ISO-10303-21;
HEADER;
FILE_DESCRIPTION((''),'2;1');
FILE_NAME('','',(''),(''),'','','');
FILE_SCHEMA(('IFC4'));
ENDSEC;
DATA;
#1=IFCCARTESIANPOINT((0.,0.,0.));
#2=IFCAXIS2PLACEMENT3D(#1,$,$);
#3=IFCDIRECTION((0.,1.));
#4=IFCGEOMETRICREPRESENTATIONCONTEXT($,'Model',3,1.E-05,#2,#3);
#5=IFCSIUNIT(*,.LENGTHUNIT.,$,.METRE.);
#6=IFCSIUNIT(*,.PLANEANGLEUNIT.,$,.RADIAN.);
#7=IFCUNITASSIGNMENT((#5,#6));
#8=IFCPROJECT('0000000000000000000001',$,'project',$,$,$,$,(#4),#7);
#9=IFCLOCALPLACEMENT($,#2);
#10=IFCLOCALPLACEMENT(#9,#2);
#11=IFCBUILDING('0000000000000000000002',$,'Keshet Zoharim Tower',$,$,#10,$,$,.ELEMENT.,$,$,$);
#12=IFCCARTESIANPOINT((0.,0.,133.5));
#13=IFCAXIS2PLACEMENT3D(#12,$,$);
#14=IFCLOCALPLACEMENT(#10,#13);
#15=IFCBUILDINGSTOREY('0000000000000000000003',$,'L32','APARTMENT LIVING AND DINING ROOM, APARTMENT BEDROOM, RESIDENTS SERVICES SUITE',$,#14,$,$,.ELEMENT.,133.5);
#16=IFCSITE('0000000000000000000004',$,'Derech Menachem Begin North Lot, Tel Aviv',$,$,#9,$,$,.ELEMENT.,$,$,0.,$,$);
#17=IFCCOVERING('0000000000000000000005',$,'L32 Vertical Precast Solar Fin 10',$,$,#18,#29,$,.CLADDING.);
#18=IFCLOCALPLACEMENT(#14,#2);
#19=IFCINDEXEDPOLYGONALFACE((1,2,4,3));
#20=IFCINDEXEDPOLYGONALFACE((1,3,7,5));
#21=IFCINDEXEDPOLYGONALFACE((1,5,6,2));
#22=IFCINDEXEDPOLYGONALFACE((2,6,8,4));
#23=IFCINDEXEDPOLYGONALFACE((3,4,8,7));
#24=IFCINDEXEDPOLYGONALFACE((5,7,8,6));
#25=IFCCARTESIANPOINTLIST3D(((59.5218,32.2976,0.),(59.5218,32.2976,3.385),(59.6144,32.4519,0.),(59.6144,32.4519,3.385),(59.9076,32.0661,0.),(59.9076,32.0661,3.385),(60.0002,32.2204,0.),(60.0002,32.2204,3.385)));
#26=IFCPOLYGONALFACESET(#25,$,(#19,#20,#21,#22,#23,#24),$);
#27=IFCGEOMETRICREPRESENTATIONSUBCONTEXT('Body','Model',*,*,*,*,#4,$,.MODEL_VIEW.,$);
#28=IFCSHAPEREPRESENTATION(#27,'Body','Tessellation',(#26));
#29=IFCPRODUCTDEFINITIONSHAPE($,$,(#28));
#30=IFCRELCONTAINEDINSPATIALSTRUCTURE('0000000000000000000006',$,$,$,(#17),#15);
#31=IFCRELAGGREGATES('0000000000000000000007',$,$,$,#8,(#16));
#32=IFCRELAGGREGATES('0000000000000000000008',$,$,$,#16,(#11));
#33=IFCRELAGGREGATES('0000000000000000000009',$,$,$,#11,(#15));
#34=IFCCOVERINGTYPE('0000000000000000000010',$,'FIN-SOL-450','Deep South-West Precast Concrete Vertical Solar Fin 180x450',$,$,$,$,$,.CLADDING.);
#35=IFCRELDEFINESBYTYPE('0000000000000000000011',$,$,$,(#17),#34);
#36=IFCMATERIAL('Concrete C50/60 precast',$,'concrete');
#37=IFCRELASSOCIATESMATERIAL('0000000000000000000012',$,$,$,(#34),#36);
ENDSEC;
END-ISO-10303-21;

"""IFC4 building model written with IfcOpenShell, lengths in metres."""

from ifc_helpers import new_model, si_unit, direction, frame, origin, origin_2d, place, context, subcontext, project, spatial, rectangle, extrude, material, type_object, element, save


model = new_model("IFC4")

# Units and contexts
model_context = context("Model", 3, precision=1e-05, world=origin(), true_north=direction((0.0, 1.0)))
body_context = subcontext(model_context, "Body", "Model", "MODEL_VIEW")
ifc_project = project(units=[si_unit("LENGTHUNIT", "METRE"), si_unit("PLANEANGLEUNIT", "RADIAN")], contexts=[model_context])

# Site, building, storey
site_placement = place(None, origin())
site = spatial("IfcSite", under=ifc_project, at=site_placement, Name="Derech Menachem Begin North Lot, Tel Aviv", CompositionType="ELEMENT", RefElevation=0.0)
building_placement = place(site_placement, origin())
building = spatial("IfcBuilding", under=site, at=building_placement, Name="Keshet Zoharim Tower", CompositionType="ELEMENT")
storey_placement = place(building_placement, frame((0.0, 0.0, 133.5)))
storey = spatial("IfcBuildingStorey", under=building, at=storey_placement, Name="L32", Description="APARTMENT LIVING AND DINING ROOM, APARTMENT BEDROOM, RESIDENTS SERVICES SUITE", CompositionType="ELEMENT", Elevation=133.5)

# Covering
ifc_material_1 = material(Name="Concrete C50/60 precast", Category="concrete")
covering_type = type_object("IfcCoveringType", Name="FIN-SOL-450", Description="Deep South-West Precast Concrete Vertical Solar Fin 180x450", PredefinedType="CLADDING", material=ifc_material_1)
covering_placement = place(storey_placement, frame((59.761, 32.259, 0.0), z_axis=(0.0, 0.0, 1.0), x_axis=(-0.514482, -0.857501, 0.0)))
element("IfcCovering", 1, at=covering_placement, inside=storey, type_object=covering_type, Name="L32 Vertical Precast Solar Fin 10", PredefinedType="CLADDING", context=body_context, shape_type="SweptSolid", body=[
    extrude(rectangle(XDim=0.1799, YDim=0.45, at=origin_2d()), origin(), (0.0, 0.0, 1.0), 3.385),
])

save(model, "model.ifc")
